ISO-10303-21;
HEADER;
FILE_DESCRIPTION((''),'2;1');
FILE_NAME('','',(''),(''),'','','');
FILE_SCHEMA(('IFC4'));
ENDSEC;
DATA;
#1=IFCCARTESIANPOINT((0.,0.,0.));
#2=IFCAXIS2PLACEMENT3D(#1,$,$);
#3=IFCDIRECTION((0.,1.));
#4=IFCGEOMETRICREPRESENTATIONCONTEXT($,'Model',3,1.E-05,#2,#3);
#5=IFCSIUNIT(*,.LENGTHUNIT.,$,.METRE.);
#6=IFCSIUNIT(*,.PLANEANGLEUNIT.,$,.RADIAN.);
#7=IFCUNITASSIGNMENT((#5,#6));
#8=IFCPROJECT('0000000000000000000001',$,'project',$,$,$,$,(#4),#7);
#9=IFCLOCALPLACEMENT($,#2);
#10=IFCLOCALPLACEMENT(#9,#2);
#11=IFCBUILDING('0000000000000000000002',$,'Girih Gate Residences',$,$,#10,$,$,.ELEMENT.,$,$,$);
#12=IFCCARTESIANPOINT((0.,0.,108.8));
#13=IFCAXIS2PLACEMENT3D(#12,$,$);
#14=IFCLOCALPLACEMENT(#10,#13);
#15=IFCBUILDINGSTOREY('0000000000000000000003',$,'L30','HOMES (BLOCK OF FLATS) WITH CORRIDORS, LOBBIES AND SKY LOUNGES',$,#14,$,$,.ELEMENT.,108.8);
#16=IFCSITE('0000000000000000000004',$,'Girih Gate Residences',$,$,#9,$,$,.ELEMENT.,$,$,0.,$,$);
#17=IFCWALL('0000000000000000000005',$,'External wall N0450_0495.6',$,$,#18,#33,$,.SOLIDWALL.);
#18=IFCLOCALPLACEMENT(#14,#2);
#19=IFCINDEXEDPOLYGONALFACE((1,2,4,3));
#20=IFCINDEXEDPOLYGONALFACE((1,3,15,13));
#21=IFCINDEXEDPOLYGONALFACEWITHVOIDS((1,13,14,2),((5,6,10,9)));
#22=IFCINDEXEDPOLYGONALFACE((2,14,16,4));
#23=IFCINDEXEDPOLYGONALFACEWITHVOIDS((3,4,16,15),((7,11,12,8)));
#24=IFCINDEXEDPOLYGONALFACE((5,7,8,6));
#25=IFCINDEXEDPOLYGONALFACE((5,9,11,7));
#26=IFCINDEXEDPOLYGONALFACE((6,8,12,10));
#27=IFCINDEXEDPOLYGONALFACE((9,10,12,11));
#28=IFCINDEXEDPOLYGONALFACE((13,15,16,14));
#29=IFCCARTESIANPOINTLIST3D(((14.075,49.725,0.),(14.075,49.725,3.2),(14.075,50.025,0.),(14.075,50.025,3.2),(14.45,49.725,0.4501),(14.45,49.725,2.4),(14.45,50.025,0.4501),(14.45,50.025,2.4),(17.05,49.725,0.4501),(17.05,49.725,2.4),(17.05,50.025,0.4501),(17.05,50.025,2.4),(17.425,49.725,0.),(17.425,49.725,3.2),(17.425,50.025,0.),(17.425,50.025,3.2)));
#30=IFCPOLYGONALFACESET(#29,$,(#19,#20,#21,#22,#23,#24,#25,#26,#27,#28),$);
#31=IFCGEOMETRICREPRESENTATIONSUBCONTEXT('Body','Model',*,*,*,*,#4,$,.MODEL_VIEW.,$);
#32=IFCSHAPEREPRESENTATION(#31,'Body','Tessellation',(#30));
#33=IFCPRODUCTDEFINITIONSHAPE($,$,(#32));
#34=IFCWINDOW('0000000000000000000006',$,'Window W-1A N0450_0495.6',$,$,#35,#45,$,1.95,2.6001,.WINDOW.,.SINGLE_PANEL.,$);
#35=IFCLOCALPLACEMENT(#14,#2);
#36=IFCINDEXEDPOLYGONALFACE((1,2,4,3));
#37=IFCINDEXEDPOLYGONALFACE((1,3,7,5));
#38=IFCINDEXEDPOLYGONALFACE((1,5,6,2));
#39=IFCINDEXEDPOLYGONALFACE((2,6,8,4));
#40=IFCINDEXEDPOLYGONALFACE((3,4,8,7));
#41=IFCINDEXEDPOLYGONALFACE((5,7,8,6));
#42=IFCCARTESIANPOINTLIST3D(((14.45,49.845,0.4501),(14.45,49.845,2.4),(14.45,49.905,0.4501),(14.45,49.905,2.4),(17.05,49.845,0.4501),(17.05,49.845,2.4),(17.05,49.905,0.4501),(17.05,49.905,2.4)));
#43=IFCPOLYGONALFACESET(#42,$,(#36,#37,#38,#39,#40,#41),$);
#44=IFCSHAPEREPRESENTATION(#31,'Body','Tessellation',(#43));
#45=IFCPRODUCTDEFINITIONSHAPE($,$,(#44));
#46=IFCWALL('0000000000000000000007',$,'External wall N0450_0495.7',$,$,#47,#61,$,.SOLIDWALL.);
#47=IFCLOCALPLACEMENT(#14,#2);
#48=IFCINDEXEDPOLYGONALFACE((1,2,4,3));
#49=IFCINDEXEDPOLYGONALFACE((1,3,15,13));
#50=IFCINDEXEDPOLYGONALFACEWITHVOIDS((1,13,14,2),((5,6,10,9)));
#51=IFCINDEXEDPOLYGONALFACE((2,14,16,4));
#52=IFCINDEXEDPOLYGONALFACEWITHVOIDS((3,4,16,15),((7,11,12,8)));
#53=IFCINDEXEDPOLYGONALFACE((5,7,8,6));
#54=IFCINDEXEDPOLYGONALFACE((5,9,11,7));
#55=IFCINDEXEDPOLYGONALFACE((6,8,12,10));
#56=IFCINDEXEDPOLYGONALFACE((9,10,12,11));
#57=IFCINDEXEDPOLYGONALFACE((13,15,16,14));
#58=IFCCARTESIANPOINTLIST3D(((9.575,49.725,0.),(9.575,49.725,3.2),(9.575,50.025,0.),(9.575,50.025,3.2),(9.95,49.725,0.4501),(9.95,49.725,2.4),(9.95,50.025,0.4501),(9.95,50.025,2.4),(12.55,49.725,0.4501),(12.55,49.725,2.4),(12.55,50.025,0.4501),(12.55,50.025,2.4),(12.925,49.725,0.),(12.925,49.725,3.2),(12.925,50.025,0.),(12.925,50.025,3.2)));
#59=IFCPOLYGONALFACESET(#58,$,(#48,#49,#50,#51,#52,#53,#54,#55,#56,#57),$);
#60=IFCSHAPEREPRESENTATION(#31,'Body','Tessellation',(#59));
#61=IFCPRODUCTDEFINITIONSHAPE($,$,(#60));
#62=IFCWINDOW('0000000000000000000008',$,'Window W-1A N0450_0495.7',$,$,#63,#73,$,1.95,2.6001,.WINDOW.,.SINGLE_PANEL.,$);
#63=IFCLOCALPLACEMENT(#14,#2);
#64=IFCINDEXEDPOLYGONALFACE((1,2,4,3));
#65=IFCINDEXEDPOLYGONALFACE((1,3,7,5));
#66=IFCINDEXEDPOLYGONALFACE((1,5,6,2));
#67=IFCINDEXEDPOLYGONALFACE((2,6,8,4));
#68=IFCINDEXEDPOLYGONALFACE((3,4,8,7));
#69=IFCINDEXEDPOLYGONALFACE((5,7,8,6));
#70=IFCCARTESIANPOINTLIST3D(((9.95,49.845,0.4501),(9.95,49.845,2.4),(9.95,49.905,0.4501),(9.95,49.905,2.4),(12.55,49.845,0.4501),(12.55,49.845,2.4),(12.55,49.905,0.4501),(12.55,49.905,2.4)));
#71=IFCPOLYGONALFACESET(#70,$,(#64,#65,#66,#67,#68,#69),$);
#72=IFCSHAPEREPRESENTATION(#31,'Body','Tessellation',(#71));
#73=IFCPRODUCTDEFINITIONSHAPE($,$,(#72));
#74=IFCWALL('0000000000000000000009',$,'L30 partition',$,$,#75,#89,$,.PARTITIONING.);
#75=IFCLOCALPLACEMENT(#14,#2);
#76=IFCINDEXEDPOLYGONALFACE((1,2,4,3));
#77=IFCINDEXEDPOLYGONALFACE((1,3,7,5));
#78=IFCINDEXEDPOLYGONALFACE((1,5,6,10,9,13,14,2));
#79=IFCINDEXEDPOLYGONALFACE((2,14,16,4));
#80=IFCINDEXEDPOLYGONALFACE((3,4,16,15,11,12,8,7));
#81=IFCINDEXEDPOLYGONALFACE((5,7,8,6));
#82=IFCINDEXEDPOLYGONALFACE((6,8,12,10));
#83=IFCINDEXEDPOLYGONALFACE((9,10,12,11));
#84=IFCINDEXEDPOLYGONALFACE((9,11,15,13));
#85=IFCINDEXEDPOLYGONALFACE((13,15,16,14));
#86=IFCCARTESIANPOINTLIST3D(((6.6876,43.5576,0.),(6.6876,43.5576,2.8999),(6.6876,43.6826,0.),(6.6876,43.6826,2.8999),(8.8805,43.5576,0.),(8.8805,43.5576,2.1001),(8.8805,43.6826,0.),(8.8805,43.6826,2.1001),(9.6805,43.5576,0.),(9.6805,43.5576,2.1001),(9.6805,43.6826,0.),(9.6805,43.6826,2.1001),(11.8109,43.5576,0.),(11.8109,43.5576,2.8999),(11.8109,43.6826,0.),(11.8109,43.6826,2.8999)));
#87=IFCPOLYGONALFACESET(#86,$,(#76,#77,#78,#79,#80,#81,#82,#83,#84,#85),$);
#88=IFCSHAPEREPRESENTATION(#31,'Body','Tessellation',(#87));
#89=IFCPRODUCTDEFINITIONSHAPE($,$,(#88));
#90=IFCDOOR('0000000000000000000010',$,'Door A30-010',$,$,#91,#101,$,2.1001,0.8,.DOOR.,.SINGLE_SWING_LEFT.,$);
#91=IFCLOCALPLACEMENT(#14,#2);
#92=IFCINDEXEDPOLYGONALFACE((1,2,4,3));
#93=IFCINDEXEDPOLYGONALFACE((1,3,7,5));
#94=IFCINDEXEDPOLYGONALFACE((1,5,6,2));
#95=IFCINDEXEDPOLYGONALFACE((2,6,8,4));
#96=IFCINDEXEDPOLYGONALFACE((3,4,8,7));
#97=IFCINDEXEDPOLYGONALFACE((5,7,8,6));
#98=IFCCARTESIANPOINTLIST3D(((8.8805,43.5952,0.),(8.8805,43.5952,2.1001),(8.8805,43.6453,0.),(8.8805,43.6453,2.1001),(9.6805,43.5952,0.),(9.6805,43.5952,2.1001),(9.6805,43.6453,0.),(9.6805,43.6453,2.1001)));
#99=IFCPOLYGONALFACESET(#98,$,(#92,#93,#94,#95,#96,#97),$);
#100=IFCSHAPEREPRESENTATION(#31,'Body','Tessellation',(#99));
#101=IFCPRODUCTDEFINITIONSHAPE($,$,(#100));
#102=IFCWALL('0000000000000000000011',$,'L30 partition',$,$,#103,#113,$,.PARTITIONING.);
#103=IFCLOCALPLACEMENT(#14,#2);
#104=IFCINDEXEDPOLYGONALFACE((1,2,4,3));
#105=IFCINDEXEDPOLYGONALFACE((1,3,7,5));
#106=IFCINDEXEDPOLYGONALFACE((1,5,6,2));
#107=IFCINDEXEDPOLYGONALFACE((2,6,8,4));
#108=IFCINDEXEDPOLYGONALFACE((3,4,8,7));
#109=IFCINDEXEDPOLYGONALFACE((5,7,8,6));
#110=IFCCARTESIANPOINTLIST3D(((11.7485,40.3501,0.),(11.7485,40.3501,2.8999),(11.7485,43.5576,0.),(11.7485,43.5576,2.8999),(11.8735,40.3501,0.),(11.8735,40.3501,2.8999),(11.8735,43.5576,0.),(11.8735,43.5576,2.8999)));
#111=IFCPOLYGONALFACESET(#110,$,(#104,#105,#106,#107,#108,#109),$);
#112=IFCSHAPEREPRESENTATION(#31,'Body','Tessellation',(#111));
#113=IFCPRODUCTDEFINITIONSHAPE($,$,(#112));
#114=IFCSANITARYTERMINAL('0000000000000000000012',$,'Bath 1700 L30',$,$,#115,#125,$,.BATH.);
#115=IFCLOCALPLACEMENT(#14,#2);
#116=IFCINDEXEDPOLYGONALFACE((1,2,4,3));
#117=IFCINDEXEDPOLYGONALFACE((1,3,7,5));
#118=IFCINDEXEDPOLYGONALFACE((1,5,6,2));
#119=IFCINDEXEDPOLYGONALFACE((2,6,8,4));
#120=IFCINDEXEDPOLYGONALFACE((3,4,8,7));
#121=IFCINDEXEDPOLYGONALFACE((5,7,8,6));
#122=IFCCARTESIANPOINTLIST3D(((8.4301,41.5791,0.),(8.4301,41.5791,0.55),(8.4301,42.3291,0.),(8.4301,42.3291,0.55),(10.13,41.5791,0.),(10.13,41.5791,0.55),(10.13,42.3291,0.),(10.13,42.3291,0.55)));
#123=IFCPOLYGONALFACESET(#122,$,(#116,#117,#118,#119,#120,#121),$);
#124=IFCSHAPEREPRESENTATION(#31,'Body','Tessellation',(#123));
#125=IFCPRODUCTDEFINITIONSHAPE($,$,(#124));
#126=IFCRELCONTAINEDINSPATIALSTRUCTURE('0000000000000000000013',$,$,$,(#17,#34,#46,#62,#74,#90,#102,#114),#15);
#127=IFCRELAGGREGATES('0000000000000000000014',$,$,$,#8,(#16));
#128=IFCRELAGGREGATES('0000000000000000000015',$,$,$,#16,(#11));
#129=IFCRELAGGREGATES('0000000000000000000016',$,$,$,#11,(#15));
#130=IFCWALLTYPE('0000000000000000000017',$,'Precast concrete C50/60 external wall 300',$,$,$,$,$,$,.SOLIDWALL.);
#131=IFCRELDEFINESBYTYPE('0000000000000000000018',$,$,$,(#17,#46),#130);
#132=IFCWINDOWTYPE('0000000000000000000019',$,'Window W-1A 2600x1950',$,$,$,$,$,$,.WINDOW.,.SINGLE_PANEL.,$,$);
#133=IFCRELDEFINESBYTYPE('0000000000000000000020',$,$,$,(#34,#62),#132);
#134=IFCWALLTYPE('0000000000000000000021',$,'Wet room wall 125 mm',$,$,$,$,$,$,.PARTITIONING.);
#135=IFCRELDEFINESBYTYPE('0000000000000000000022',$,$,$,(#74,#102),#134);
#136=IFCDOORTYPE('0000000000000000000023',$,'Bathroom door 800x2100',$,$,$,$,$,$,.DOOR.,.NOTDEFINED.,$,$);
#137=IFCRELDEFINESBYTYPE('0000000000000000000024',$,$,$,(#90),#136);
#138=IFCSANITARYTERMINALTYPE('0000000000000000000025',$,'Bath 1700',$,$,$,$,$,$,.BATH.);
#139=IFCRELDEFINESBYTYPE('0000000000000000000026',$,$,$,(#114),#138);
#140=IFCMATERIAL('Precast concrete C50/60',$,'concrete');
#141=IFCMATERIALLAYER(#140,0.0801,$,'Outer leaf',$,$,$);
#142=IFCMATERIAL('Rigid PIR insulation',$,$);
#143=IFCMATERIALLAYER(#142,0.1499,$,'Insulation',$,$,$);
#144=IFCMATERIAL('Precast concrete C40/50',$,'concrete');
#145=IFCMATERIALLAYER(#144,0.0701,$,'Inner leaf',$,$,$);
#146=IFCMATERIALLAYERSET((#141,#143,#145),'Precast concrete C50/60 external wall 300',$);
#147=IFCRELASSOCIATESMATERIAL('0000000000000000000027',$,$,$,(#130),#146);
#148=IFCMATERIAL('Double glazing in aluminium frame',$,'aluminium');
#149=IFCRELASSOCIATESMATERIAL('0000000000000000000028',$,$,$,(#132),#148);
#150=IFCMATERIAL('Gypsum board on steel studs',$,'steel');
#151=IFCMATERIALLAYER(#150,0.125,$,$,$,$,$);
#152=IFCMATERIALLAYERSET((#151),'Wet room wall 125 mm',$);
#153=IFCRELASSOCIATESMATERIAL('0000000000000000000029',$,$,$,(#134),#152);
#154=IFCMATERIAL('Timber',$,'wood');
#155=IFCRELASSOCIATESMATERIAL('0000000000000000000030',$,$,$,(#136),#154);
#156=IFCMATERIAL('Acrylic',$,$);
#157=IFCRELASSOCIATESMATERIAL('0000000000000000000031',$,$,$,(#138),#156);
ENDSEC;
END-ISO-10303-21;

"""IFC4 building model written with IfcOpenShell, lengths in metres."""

from ifc_helpers import new_model, si_unit, direction, frame, frame_2d, origin, origin_2d, place, context, subcontext, project, spatial, rectangle, extrude, material, layer, layer_set, type_object, element, fill, save


model = new_model("IFC4")

# Units and contexts
model_context = context("Model", 3, precision=1e-05, world=origin(), true_north=direction((0.0, 1.0)))
body_context = subcontext(model_context, "Body", "Model", "MODEL_VIEW")
ifc_project = project(units=[si_unit("LENGTHUNIT", "METRE"), si_unit("PLANEANGLEUNIT", "RADIAN")], contexts=[model_context])

# Site, building, storey
site_placement = place(None, origin())
site = spatial("IfcSite", under=ifc_project, at=site_placement, Name="Girih Gate Residences", CompositionType="ELEMENT", RefElevation=0.0)
building_placement = place(site_placement, origin())
building = spatial("IfcBuilding", under=site, at=building_placement, Name="Girih Gate Residences", CompositionType="ELEMENT")
storey_placement = place(building_placement, frame((0.0, 0.0, 108.8)))
storey = spatial("IfcBuildingStorey", under=building, at=storey_placement, Name="L30", Description="HOMES (BLOCK OF FLATS) WITH CORRIDORS, LOBBIES AND SKY LOUNGES", CompositionType="ELEMENT", Elevation=108.8)

# Shared definitions
ifc_material_1 = material(Name="Gypsum board on steel studs", Category="steel")

# Shared definitions
ifc_material_2 = material(Name="Timber", Category="wood")

# Walls, openings, windows
ifc_material_3 = material(Name="Precast concrete C50/60", Category="concrete")
ifc_layer_1 = layer(ifc_material_3, 0.0801, Name="Outer leaf")
ifc_material_4 = material(Name="Rigid PIR insulation")
ifc_layer_2 = layer(ifc_material_4, 0.1499, Name="Insulation")
ifc_material_5 = material(Name="Precast concrete C40/50", Category="concrete")
ifc_layer_3 = layer(ifc_material_5, 0.0701, Name="Inner leaf")
ifc_layer_set_1 = layer_set([ifc_layer_1, ifc_layer_2, ifc_layer_3], Name="Precast concrete C50/60 external wall 300")
wall_type_1 = type_object("IfcWallType", Name="Precast concrete C50/60 external wall 300", PredefinedType="SOLIDWALL", material=ifc_layer_set_1)
ifc_material_6 = material(Name="Double glazing in aluminium frame", Category="aluminium")
window_type = type_object("IfcWindowType", Name="Window W-1A 2600x1950", PartitioningType="SINGLE_PANEL", PredefinedType="WINDOW", material=ifc_material_6)
wall_1_placement = place(storey_placement, frame((14.075, 49.875, 0.0), z_axis=(0.0, 0.0, 1.0), x_axis=(1.0, 0.0, 0.0)))
wall_1 = element("IfcWall", 1, at=wall_1_placement, inside=storey, type_object=wall_type_1, Name="External wall N0450_0495.6", PredefinedType="SOLIDWALL", context=body_context, shape_type="SweptSolid", body=[
    extrude(rectangle(XDim=3.3501, YDim=0.3, at=frame_2d((1.675, 0.0))), origin(), (0.0, 0.0, 1.0), 3.2),
])
opening_1_placement = place(wall_1_placement, frame((0.375, 0.0, 0.45)))
opening_1 = element("IfcOpeningElement", 2, at=opening_1_placement, cuts=wall_1, PredefinedType="OPENING", context=body_context, shape_type="SweptSolid", body=[
    extrude(rectangle(XDim=2.6001, YDim=1.95, at=frame_2d((1.3, 0.9751))), frame((0.0, 0.1599, 0.0), z_axis=(0.0, -1.0, 0.0), x_axis=(1.0, 0.0, 0.0)), (0.0, 0.0, 1.0), 0.3201),
])
window_1_placement = place(opening_1_placement, origin())
window_1 = element("IfcWindow", 3, at=window_1_placement, inside=storey, type_object=window_type, Name="Window W-1A N0450_0495.6", OverallHeight=1.95, OverallWidth=2.6001, PartitioningType="SINGLE_PANEL", PredefinedType="WINDOW", context=body_context, shape_type="SweptSolid", body=[
    extrude(rectangle(XDim=2.6001, YDim=1.95, at=frame_2d((1.3, 0.9751))), frame((0.0, 0.03, 0.0), z_axis=(0.0, -1.0, 0.0), x_axis=(1.0, 0.0, 0.0)), (0.0, 0.0, 1.0), 0.0601),
])
fill(opening_1, window_1)
wall_2_placement = place(storey_placement, frame((9.575, 49.875, 0.0), z_axis=(0.0, 0.0, 1.0), x_axis=(1.0, 0.0, 0.0)))
wall_2 = element("IfcWall", 4, at=wall_2_placement, inside=storey, type_object=wall_type_1, Name="External wall N0450_0495.7", PredefinedType="SOLIDWALL", context=body_context, shape_type="SweptSolid", body=[
    extrude(rectangle(XDim=3.3501, YDim=0.3, at=frame_2d((1.675, 0.0))), origin(), (0.0, 0.0, 1.0), 3.2),
])
opening_2_placement = place(wall_2_placement, frame((0.375, 0.0, 0.45)))
opening_2 = element("IfcOpeningElement", 5, at=opening_2_placement, cuts=wall_2, PredefinedType="OPENING", context=body_context, shape_type="SweptSolid", body=[
    extrude(rectangle(XDim=2.6001, YDim=1.95, at=frame_2d((1.3, 0.9751))), frame((0.0, 0.1599, 0.0), z_axis=(0.0, -1.0, 0.0), x_axis=(1.0, 0.0, 0.0)), (0.0, 0.0, 1.0), 0.3201),
])
window_2_placement = place(opening_2_placement, origin())
window_2 = element("IfcWindow", 6, at=window_2_placement, inside=storey, type_object=window_type, Name="Window W-1A N0450_0495.7", OverallHeight=1.95, OverallWidth=2.6001, PartitioningType="SINGLE_PANEL", PredefinedType="WINDOW", context=body_context, shape_type="SweptSolid", body=[
    extrude(rectangle(XDim=2.6001, YDim=1.95, at=frame_2d((1.3, 0.9751))), frame((0.0, 0.03, 0.0), z_axis=(0.0, -1.0, 0.0), x_axis=(1.0, 0.0, 0.0)), (0.0, 0.0, 1.0), 0.0601),
])
fill(opening_2, window_2)

# Wall, opening, door
ifc_layer_4 = layer(ifc_material_1, 0.125)
ifc_layer_set_2 = layer_set([ifc_layer_4], Name="Wet room wall 125 mm")
wall_type_2 = type_object("IfcWallType", Name="Wet room wall 125 mm", PredefinedType="PARTITIONING", material=ifc_layer_set_2)
wall_3_placement = place(storey_placement, frame((11.8108, 43.6201, 0.0), z_axis=(0.0, 0.0, 1.0), x_axis=(-1.0, 0.0, 0.0)))
wall_3 = element("IfcWall", 7, at=wall_3_placement, inside=storey, type_object=wall_type_2, Name="L30 partition", PredefinedType="PARTITIONING", context=body_context, shape_type="SweptSolid", body=[
    extrude(rectangle(XDim=5.1233, YDim=0.125, at=frame_2d((2.5615, 0.0))), origin(), (0.0, 0.0, 1.0), 2.8999),
])
opening_3_placement = place(wall_3_placement, frame((2.1304, 0.0, 0.0)))
opening_3 = element("IfcOpeningElement", 8, at=opening_3_placement, cuts=wall_3, PredefinedType="OPENING", context=body_context, shape_type="SweptSolid", body=[
    extrude(rectangle(XDim=0.8, YDim=2.1001, at=frame_2d((0.3999, 1.05))), frame((0.0, 0.0725, 0.0), z_axis=(0.0, -1.0, 0.0), x_axis=(1.0, 0.0, 0.0)), (0.0, 0.0, 1.0), 0.145),
])
door_type_1 = type_object("IfcDoorType", Name="Bathroom door 800x2100", OperationType="NOTDEFINED", PredefinedType="DOOR", material=ifc_material_2)
door_1_placement = place(opening_3_placement, origin())
door_1 = element("IfcDoor", 9, at=door_1_placement, inside=storey, type_object=door_type_1, Name="Door A30-010", OperationType="SINGLE_SWING_LEFT", OverallHeight=2.1001, OverallWidth=0.8, PredefinedType="DOOR", context=body_context, shape_type="SweptSolid", body=[
    extrude(rectangle(XDim=0.8, YDim=2.1001, at=frame_2d((0.3999, 1.05))), frame((0.0, 0.0249, 0.0), z_axis=(0.0, -1.0, 0.0), x_axis=(1.0, 0.0, 0.0)), (0.0, 0.0, 1.0), 0.05),
])
fill(opening_3, door_1)

# Wall
wall_4_placement = place(storey_placement, frame((11.811, 40.3501, 0.0), z_axis=(0.0, 0.0, 1.0), x_axis=(0.0, 1.0, 0.0)))
element("IfcWall", 10, at=wall_4_placement, inside=storey, type_object=wall_type_2, Name="L30 partition", PredefinedType="PARTITIONING", context=body_context, shape_type="SweptSolid", body=[
    extrude(rectangle(XDim=3.2075, YDim=0.125, at=frame_2d((1.6038, 0.0))), origin(), (0.0, 0.0, 1.0), 2.8999),
])

# Sanitary terminal
ifc_material_7 = material(Name="Acrylic")
sanitary_terminal_type = type_object("IfcSanitaryTerminalType", Name="Bath 1700", PredefinedType="BATH", material=ifc_material_7)
sanitary_terminal_placement = place(storey_placement, frame((9.28, 41.9541, 0.0), z_axis=(0.0, 0.0, 1.0), x_axis=(1.0, 0.0, 0.0)))
element("IfcSanitaryTerminal", 11, at=sanitary_terminal_placement, inside=storey, type_object=sanitary_terminal_type, Name="Bath 1700 L30", PredefinedType="BATH", context=body_context, shape_type="SweptSolid", body=[
    extrude(rectangle(XDim=1.7, YDim=0.75, at=origin_2d()), origin(), (0.0, 0.0, 1.0), 0.55),
])

save(model, "model.ifc")
